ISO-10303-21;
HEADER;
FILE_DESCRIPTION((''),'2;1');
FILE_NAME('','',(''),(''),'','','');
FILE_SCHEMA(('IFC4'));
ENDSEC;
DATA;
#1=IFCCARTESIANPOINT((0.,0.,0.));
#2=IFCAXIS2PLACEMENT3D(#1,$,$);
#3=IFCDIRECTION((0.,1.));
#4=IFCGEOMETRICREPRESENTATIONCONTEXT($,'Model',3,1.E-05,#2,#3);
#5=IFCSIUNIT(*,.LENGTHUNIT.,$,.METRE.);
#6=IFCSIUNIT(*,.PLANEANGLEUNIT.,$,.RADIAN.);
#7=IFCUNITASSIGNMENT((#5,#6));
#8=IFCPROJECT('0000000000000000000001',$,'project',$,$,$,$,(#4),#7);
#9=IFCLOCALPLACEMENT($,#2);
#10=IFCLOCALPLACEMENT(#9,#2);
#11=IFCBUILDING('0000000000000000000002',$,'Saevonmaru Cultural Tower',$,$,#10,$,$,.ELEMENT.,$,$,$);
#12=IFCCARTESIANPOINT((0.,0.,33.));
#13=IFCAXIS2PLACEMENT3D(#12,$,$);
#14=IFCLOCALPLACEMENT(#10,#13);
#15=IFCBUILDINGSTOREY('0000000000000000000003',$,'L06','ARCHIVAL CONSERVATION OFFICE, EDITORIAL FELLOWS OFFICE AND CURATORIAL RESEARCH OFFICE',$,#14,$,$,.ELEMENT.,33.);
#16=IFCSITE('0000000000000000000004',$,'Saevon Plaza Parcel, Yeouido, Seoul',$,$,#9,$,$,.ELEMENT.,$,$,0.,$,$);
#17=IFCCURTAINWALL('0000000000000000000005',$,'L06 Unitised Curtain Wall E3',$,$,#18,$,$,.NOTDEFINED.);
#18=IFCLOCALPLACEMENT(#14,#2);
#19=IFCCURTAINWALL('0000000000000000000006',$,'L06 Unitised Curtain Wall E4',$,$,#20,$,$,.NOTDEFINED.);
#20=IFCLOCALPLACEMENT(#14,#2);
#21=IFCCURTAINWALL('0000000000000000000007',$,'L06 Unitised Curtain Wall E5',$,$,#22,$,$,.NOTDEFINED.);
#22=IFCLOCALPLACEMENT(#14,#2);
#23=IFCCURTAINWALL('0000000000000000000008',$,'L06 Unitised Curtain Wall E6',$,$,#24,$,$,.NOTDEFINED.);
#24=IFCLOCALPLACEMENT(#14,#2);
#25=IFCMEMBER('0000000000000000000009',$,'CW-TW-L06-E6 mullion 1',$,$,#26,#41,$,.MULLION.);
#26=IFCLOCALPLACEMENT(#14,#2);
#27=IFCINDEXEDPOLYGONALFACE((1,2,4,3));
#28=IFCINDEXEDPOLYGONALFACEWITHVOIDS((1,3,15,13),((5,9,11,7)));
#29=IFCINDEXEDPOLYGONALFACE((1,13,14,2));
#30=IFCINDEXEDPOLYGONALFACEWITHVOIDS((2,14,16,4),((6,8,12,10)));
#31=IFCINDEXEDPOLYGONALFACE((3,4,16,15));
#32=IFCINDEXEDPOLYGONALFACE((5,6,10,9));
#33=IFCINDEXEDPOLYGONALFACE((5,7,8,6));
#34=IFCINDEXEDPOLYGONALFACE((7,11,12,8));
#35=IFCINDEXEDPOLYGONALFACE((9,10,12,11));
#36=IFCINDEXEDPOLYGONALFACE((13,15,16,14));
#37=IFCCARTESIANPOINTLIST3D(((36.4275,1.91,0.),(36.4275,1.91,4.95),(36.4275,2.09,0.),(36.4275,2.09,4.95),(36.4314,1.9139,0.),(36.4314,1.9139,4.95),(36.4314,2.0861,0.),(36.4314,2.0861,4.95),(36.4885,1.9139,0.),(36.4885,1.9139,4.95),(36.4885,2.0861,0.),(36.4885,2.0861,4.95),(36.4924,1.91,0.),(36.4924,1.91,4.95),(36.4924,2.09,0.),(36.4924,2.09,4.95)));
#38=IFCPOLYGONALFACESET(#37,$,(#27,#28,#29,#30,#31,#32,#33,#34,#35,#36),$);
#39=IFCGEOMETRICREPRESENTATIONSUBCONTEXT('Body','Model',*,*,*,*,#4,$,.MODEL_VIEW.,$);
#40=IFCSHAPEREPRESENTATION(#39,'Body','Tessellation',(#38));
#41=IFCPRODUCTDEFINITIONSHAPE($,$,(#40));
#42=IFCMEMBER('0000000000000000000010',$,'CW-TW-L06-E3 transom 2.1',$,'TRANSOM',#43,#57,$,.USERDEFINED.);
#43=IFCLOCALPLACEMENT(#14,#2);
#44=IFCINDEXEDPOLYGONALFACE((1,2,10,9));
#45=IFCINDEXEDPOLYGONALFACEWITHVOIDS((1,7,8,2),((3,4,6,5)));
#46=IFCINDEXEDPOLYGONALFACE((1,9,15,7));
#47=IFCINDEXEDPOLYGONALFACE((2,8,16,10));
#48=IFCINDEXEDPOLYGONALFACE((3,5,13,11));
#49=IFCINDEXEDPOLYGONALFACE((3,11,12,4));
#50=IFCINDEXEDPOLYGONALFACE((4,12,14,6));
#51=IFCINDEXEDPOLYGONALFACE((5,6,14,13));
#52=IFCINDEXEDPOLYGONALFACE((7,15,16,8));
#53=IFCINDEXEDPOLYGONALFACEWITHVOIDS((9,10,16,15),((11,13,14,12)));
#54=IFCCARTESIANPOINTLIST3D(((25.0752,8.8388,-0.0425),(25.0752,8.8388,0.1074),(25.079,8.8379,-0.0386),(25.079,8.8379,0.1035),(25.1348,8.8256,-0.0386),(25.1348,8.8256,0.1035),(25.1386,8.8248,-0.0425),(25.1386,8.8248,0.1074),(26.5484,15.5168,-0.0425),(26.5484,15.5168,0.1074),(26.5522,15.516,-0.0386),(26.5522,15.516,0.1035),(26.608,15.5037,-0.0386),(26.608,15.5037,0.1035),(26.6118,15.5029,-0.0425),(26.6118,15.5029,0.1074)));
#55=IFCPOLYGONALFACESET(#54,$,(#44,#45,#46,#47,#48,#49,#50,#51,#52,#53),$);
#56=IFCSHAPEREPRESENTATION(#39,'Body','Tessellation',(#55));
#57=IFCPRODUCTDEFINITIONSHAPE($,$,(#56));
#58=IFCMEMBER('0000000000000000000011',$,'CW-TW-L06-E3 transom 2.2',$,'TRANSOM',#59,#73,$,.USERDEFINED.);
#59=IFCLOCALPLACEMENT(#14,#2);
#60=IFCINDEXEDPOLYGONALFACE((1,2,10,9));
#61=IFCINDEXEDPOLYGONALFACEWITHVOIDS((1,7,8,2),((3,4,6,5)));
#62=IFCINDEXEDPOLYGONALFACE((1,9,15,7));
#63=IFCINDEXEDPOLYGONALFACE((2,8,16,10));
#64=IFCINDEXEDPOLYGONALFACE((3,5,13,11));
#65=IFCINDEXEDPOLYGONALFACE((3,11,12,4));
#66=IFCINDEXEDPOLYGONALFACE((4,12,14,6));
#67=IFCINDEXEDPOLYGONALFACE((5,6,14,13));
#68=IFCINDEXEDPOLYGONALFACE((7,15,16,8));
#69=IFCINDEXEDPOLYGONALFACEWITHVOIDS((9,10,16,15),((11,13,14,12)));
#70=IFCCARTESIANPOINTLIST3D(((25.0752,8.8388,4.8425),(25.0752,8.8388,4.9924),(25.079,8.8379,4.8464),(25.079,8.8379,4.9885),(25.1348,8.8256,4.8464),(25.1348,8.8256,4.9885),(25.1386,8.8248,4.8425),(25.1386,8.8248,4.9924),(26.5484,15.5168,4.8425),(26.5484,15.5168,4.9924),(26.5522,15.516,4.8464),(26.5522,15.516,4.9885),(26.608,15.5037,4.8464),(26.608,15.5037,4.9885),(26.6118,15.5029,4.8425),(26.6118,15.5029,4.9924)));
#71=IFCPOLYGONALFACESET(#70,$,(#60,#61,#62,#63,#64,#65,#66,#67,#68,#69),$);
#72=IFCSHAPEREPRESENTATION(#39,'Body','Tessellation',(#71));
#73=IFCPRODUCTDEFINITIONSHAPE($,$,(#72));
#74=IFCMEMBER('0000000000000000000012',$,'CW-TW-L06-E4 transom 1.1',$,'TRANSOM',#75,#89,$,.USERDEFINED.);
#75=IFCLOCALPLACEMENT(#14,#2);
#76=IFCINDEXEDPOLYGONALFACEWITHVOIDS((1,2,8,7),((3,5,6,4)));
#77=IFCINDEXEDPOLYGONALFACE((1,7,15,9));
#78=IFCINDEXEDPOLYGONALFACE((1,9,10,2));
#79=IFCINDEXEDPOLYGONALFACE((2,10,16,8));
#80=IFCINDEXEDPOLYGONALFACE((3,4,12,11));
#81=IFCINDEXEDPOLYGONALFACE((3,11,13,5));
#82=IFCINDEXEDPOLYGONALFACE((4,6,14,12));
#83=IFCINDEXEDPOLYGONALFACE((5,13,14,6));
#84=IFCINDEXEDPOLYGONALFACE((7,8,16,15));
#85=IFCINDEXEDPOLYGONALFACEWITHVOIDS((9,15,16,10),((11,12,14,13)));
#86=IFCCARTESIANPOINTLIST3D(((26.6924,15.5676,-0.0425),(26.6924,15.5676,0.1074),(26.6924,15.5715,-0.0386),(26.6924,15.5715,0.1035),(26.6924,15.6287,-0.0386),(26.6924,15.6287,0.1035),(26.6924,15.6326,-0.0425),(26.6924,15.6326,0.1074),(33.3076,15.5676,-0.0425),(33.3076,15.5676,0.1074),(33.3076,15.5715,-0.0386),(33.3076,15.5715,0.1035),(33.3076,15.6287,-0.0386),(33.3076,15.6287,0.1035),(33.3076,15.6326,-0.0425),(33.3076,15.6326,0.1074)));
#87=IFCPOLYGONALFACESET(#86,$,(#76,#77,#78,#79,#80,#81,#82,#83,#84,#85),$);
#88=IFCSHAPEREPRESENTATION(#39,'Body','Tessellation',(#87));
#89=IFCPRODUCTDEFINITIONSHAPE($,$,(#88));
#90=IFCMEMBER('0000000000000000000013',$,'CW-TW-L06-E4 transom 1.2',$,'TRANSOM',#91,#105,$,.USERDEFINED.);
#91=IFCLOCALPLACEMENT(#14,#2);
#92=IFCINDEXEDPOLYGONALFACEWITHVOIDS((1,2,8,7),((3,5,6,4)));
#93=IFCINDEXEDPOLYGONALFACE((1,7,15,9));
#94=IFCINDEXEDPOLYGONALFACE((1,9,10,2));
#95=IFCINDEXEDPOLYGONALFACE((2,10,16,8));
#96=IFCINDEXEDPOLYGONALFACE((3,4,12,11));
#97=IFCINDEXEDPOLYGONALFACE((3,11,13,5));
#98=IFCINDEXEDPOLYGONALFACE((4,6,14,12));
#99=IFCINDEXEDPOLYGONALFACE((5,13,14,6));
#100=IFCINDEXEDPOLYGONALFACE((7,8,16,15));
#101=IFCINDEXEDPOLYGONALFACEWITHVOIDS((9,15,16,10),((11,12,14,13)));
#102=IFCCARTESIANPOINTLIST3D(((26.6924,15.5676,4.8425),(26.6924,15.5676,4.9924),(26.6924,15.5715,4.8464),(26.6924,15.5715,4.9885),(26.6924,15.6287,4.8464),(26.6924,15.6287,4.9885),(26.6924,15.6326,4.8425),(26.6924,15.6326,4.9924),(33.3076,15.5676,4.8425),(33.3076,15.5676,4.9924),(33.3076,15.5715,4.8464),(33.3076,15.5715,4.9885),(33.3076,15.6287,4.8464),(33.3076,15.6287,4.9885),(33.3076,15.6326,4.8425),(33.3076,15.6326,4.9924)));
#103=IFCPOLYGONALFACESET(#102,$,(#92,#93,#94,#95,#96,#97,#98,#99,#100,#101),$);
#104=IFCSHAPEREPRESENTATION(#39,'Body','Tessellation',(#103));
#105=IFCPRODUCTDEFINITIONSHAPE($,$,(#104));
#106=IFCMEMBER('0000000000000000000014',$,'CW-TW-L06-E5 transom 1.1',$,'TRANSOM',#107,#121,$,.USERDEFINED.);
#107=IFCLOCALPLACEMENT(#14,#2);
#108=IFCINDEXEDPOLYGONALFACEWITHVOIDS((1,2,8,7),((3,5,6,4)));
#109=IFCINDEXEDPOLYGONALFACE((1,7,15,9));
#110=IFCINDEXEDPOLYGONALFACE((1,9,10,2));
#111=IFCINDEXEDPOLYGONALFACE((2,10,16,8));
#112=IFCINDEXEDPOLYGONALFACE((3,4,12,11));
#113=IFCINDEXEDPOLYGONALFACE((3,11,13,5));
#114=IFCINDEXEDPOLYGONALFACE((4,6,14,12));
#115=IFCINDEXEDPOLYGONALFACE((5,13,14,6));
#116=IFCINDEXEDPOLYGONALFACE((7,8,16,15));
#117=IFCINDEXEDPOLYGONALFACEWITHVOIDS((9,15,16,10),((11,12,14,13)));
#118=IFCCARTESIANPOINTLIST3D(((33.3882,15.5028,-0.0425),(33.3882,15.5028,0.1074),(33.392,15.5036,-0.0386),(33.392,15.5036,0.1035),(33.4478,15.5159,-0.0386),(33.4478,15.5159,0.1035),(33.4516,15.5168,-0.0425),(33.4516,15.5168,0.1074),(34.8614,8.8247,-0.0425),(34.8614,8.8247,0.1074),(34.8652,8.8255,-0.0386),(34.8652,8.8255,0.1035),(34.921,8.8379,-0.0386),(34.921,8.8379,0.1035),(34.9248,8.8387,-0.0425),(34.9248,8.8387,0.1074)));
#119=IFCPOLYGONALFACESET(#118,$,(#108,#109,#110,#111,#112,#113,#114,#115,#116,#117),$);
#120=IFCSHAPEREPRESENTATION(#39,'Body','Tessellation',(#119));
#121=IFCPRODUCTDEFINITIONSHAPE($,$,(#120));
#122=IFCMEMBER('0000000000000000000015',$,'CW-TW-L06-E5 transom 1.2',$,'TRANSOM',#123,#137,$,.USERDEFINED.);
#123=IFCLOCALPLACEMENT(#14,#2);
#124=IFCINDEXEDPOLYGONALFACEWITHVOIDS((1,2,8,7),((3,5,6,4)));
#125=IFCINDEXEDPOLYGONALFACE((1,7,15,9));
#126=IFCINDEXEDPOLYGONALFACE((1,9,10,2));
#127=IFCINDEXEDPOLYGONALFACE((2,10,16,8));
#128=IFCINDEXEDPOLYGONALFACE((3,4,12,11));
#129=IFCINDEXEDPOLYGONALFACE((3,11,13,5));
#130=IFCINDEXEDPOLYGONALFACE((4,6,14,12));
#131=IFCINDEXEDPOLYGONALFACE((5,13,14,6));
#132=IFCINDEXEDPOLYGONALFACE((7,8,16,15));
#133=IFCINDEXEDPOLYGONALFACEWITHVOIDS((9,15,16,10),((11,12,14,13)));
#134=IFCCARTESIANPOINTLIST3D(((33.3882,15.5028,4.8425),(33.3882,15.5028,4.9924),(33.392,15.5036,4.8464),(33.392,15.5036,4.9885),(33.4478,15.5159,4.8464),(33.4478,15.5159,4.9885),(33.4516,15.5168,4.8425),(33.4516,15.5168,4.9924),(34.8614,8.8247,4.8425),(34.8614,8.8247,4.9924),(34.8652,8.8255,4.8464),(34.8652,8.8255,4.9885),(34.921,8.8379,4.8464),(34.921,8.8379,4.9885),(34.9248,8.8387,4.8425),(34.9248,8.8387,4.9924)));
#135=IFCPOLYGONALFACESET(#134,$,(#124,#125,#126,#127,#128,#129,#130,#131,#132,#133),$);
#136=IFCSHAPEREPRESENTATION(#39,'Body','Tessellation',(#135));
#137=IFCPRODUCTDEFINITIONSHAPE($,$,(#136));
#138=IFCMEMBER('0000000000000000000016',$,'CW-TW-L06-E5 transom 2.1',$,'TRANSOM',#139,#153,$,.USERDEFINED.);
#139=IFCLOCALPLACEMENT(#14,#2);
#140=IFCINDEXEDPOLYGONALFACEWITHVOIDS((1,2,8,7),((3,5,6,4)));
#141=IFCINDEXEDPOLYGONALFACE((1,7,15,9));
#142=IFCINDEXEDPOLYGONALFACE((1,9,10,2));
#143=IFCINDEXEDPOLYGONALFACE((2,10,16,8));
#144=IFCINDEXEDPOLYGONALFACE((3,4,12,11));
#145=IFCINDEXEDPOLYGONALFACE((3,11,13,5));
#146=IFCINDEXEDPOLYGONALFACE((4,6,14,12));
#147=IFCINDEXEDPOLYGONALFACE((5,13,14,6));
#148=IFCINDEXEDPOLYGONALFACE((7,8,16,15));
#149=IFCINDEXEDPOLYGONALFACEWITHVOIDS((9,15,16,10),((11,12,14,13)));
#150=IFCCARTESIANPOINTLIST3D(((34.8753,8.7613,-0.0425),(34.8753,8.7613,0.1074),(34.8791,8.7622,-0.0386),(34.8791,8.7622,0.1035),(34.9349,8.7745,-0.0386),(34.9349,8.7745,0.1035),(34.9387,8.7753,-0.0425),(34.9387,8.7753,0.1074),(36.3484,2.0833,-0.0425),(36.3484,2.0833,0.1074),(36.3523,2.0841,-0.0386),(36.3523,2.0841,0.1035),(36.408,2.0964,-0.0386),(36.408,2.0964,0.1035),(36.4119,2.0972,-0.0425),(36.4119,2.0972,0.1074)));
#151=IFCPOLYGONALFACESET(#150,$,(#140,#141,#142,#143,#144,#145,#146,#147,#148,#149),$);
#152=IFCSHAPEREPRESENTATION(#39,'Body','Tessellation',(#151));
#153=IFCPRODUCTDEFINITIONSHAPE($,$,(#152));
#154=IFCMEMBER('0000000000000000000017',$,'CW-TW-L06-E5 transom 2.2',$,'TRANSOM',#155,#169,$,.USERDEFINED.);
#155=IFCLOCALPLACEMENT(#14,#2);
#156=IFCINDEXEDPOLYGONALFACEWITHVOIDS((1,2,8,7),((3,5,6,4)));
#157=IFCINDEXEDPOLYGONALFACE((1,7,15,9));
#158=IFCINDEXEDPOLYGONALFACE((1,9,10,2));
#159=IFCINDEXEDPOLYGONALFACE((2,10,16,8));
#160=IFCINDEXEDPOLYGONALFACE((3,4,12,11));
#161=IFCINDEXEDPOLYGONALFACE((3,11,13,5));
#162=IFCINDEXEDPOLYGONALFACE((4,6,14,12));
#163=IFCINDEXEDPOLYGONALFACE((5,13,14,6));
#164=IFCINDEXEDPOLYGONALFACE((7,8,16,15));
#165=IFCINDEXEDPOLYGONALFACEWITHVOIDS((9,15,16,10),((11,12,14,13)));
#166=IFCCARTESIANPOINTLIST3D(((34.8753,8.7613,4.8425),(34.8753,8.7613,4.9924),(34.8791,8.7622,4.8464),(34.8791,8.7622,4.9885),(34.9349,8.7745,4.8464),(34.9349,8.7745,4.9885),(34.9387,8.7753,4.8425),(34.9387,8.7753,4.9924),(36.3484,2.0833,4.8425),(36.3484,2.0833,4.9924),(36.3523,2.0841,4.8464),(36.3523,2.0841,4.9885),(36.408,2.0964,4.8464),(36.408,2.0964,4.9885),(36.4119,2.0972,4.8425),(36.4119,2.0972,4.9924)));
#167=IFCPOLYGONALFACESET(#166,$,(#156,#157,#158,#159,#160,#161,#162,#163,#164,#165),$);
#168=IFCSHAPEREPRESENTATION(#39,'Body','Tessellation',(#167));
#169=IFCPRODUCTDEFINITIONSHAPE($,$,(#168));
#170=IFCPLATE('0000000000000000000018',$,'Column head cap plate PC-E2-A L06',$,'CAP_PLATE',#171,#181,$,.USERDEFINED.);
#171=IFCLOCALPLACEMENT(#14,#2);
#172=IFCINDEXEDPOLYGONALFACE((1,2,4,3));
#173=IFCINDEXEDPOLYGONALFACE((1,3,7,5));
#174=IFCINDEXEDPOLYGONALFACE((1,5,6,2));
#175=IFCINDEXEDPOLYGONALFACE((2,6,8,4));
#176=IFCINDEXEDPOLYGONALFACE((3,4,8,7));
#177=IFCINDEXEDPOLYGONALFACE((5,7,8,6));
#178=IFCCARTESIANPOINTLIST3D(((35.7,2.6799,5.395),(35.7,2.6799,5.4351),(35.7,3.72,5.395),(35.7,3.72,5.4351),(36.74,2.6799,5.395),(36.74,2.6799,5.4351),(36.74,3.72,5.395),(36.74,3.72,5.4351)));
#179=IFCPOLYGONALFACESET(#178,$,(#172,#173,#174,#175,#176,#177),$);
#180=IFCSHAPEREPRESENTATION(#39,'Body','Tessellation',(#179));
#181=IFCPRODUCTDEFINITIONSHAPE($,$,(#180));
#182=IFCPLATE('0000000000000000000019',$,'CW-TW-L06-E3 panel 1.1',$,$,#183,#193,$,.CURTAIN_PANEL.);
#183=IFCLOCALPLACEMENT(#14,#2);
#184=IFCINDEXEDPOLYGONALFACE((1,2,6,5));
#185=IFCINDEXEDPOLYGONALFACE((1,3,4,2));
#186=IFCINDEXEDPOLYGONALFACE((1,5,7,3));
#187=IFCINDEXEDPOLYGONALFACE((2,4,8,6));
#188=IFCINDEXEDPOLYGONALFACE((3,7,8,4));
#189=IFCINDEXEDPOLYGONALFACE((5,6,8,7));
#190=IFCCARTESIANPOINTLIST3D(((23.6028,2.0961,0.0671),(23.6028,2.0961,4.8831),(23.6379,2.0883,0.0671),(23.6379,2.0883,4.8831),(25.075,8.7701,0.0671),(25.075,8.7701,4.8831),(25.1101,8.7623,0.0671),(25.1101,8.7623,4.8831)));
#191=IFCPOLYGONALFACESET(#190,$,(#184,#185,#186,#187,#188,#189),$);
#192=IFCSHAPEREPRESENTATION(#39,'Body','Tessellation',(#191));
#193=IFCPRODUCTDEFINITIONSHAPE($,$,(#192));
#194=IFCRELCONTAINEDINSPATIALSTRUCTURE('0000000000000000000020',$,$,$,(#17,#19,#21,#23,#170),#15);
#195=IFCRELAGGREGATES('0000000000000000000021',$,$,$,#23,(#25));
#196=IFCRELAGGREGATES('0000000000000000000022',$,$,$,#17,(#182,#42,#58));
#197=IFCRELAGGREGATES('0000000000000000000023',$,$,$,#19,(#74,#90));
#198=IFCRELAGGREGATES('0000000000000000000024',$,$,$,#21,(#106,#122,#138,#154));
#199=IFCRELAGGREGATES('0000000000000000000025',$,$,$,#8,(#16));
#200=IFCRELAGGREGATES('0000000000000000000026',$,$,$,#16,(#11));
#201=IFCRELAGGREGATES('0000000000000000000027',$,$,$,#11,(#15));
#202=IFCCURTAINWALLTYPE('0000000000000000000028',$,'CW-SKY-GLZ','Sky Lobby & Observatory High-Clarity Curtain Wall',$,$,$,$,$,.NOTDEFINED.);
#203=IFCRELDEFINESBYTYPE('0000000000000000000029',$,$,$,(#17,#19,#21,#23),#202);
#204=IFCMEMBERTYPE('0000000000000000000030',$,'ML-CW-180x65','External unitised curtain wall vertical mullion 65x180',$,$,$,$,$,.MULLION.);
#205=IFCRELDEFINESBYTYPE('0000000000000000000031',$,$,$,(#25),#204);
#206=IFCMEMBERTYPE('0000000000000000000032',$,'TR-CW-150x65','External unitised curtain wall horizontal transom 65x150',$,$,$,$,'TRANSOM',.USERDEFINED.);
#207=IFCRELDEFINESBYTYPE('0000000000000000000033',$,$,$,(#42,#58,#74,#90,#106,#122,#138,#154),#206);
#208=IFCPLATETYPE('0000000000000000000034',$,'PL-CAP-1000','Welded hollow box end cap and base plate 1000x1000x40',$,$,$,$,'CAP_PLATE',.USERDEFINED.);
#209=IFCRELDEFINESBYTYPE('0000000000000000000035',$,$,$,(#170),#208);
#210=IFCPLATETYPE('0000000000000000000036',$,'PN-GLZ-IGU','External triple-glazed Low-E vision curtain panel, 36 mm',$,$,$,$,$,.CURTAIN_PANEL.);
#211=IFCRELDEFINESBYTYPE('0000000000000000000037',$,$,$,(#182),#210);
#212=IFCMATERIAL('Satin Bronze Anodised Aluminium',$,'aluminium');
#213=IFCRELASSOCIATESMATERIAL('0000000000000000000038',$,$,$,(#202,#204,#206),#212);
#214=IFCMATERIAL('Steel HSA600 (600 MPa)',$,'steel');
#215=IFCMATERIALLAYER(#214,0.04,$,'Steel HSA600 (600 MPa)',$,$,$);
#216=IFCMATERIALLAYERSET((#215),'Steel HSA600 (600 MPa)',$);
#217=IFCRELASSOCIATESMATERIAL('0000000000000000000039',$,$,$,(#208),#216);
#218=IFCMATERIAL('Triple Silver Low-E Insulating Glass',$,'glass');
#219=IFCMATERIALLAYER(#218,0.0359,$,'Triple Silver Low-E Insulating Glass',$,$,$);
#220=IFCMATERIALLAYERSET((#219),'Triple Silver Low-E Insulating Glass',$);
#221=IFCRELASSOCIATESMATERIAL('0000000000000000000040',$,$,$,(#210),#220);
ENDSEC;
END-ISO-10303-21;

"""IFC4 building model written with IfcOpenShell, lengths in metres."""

from ifc_helpers import new_model, si_unit, direction, frame, origin, origin_2d, place, context, subcontext, project, spatial, rectangle, hollow_rectangle, extrude, material, layer, layer_set, material_profile, profile_set, type_object, element, aggregate, save


model = new_model("IFC4")

# Units and contexts
model_context = context("Model", 3, precision=1e-05, world=origin(), true_north=direction((0.0, 1.0)))
body_context = subcontext(model_context, "Body", "Model", "MODEL_VIEW")
ifc_project = project(units=[si_unit("LENGTHUNIT", "METRE"), si_unit("PLANEANGLEUNIT", "RADIAN")], contexts=[model_context])

# Site, building, storey
site_placement = place(None, origin())
site = spatial("IfcSite", under=ifc_project, at=site_placement, Name="Saevon Plaza Parcel, Yeouido, Seoul", CompositionType="ELEMENT", RefElevation=0.0)
building_placement = place(site_placement, origin())
building = spatial("IfcBuilding", under=site, at=building_placement, Name="Saevonmaru Cultural Tower", CompositionType="ELEMENT")
storey_placement = place(building_placement, frame((0.0, 0.0, 33.0)))
storey = spatial("IfcBuildingStorey", under=building, at=storey_placement, Name="L06", Description="ARCHIVAL CONSERVATION OFFICE, EDITORIAL FELLOWS OFFICE AND CURATORIAL RESEARCH OFFICE", CompositionType="ELEMENT", Elevation=33.0)

# Shared definitions
ifc_material_1 = material(Name="Steel HSA600 (600 MPa)", Category="steel")

# Curtain walls
ifc_material_2 = material(Name="Satin Bronze Anodised Aluminium", Category="aluminium")
curtain_wall_type = type_object("IfcCurtainWallType", Name="CW-SKY-GLZ", Description="Sky Lobby & Observatory High-Clarity Curtain Wall", PredefinedType="NOTDEFINED", material=ifc_material_2)
curtain_wall_1_placement = place(storey_placement, origin())
curtain_wall_1 = element("IfcCurtainWall", 1, at=curtain_wall_1_placement, inside=storey, type_object=curtain_wall_type, Name="L06 Unitised Curtain Wall E3", PredefinedType="NOTDEFINED")
ifc_material_profile_1 = material_profile(ifc_material_2, hollow_rectangle(XDim=0.0649, YDim=0.1799, WallThickness=0.0039, at=origin_2d()), Name="ALU-MULL-180x65x4")
ifc_profile_set_1 = profile_set([ifc_material_profile_1], Name="Satin Bronze Anodised Aluminium")
member_type_1 = type_object("IfcMemberType", Name="ML-CW-180x65", Description="External unitised curtain wall vertical mullion 65x180", PredefinedType="MULLION", material=ifc_profile_set_1)
curtain_wall_2_placement = place(storey_placement, origin())
curtain_wall_2 = element("IfcCurtainWall", 2, at=curtain_wall_2_placement, inside=storey, type_object=curtain_wall_type, Name="L06 Unitised Curtain Wall E4", PredefinedType="NOTDEFINED")
curtain_wall_3_placement = place(storey_placement, origin())
curtain_wall_3 = element("IfcCurtainWall", 3, at=curtain_wall_3_placement, inside=storey, type_object=curtain_wall_type, Name="L06 Unitised Curtain Wall E5", PredefinedType="NOTDEFINED")

# Curtain wall, member
curtain_wall_4_placement = place(storey_placement, origin())
curtain_wall_4 = element("IfcCurtainWall", 4, at=curtain_wall_4_placement, inside=storey, type_object=curtain_wall_type, Name="L06 Unitised Curtain Wall E6", PredefinedType="NOTDEFINED")
member_1_placement = place(storey_placement, frame((36.46, 2.0, 0.0), z_axis=(0.0, 0.0, 1.0), x_axis=(1.0, 0.0, 0.0)))
member_1 = element("IfcMember", 5, at=member_1_placement, type_object=member_type_1, Name="CW-TW-L06-E6 mullion 1", PredefinedType="MULLION", context=body_context, shape_type="SweptSolid", body=[
    extrude(hollow_rectangle(XDim=0.0649, YDim=0.1799, WallThickness=0.0039, at=origin_2d()), origin(), (0.0, 0.0, 1.0), 4.95),
])
aggregate(curtain_wall_4, [member_1])

# Members
ifc_material_profile_2 = material_profile(ifc_material_2, hollow_rectangle(XDim=0.0649, YDim=0.1499, WallThickness=0.0039, at=origin_2d()), Name="ALU-TRAN-150x65x4")
ifc_profile_set_2 = profile_set([ifc_material_profile_2], Name="Satin Bronze Anodised Aluminium")
member_type_2 = type_object("IfcMemberType", Name="TR-CW-150x65", Description="External unitised curtain wall horizontal transom 65x150", ElementType="TRANSOM", PredefinedType="USERDEFINED", material=ifc_profile_set_2)
member_2_placement = place(storey_placement, frame((25.1069, 8.8318, 0.0325), z_axis=(0.215418, 0.976522, 0.0), x_axis=(-0.976522, 0.215418, 0.0)))
member_2 = element("IfcMember", 6, at=member_2_placement, type_object=member_type_2, Name="CW-TW-L06-E3 transom 2.1", ObjectType="TRANSOM", PredefinedType="USERDEFINED", context=body_context, shape_type="SweptSolid", body=[
    extrude(hollow_rectangle(XDim=0.0649, YDim=0.1499, WallThickness=0.0039, at=origin_2d()), origin(), (0.0, 0.0, 1.0), 6.8386),
])
member_3_placement = place(storey_placement, frame((25.1069, 8.8318, 4.9175), z_axis=(0.215418, 0.976522, 0.0), x_axis=(-0.976522, 0.215418, 0.0)))
member_3 = element("IfcMember", 7, at=member_3_placement, type_object=member_type_2, Name="CW-TW-L06-E3 transom 2.2", ObjectType="TRANSOM", PredefinedType="USERDEFINED", context=body_context, shape_type="SweptSolid", body=[
    extrude(hollow_rectangle(XDim=0.0649, YDim=0.1499, WallThickness=0.0039, at=origin_2d()), origin(), (0.0, 0.0, 1.0), 6.8386),
])
member_4_placement = place(storey_placement, frame((26.6924, 15.6001, 0.0325), z_axis=(1.0, 0.0, 0.0), x_axis=(0.0, 1.0, 0.0)))
member_4 = element("IfcMember", 8, at=member_4_placement, type_object=member_type_2, Name="CW-TW-L06-E4 transom 1.1", ObjectType="TRANSOM", PredefinedType="USERDEFINED", context=body_context, shape_type="SweptSolid", body=[
    extrude(hollow_rectangle(XDim=0.0649, YDim=0.1499, WallThickness=0.0039, at=origin_2d()), origin(), (0.0, 0.0, 1.0), 6.6152),
])
member_5_placement = place(storey_placement, frame((26.6924, 15.6001, 4.9175), z_axis=(1.0, 0.0, 0.0), x_axis=(0.0, 1.0, 0.0)))
member_5 = element("IfcMember", 9, at=member_5_placement, type_object=member_type_2, Name="CW-TW-L06-E4 transom 1.2", ObjectType="TRANSOM", PredefinedType="USERDEFINED", context=body_context, shape_type="SweptSolid", body=[
    extrude(hollow_rectangle(XDim=0.0649, YDim=0.1499, WallThickness=0.0039, at=origin_2d()), origin(), (0.0, 0.0, 1.0), 6.6152),
])
member_6_placement = place(storey_placement, frame((33.4199, 15.5098, 0.0325), z_axis=(0.215418, -0.976522, 0.0), x_axis=(0.976522, 0.215418, 0.0)))
member_6 = element("IfcMember", 10, at=member_6_placement, type_object=member_type_2, Name="CW-TW-L06-E5 transom 1.1", ObjectType="TRANSOM", PredefinedType="USERDEFINED", context=body_context, shape_type="SweptSolid", body=[
    extrude(hollow_rectangle(XDim=0.0649, YDim=0.1499, WallThickness=0.0039, at=origin_2d()), origin(), (0.0, 0.0, 1.0), 6.8386),
])
member_7_placement = place(storey_placement, frame((33.4199, 15.5098, 4.9175), z_axis=(0.215418, -0.976522, 0.0), x_axis=(0.976522, 0.215418, 0.0)))
member_7 = element("IfcMember", 11, at=member_7_placement, type_object=member_type_2, Name="CW-TW-L06-E5 transom 1.2", ObjectType="TRANSOM", PredefinedType="USERDEFINED", context=body_context, shape_type="SweptSolid", body=[
    extrude(hollow_rectangle(XDim=0.0649, YDim=0.1499, WallThickness=0.0039, at=origin_2d()), origin(), (0.0, 0.0, 1.0), 6.8386),
])
member_8_placement = place(storey_placement, frame((34.907, 8.7683, 0.0325), z_axis=(0.215418, -0.976522, 0.0), x_axis=(0.976522, 0.215418, 0.0)))
member_8 = element("IfcMember", 12, at=member_8_placement, type_object=member_type_2, Name="CW-TW-L06-E5 transom 2.1", ObjectType="TRANSOM", PredefinedType="USERDEFINED", context=body_context, shape_type="SweptSolid", body=[
    extrude(hollow_rectangle(XDim=0.0649, YDim=0.1499, WallThickness=0.0039, at=origin_2d()), origin(), (0.0, 0.0, 1.0), 6.8386),
])
member_9_placement = place(storey_placement, frame((34.907, 8.7683, 4.9175), z_axis=(0.215418, -0.976522, 0.0), x_axis=(0.976522, 0.215418, 0.0)))
member_9 = element("IfcMember", 13, at=member_9_placement, type_object=member_type_2, Name="CW-TW-L06-E5 transom 2.2", ObjectType="TRANSOM", PredefinedType="USERDEFINED", context=body_context, shape_type="SweptSolid", body=[
    extrude(hollow_rectangle(XDim=0.0649, YDim=0.1499, WallThickness=0.0039, at=origin_2d()), origin(), (0.0, 0.0, 1.0), 6.8386),
])

# Plates
ifc_layer_1 = layer(ifc_material_1, 0.04, Name="Steel HSA600 (600 MPa)")
ifc_layer_set_1 = layer_set([ifc_layer_1], Name="Steel HSA600 (600 MPa)")
plate_type_1 = type_object("IfcPlateType", Name="PL-CAP-1000", Description="Welded hollow box end cap and base plate 1000x1000x40", ElementType="CAP_PLATE", PredefinedType="USERDEFINED", material=ifc_layer_set_1)
plate_1_placement = place(storey_placement, frame((36.22, 3.2, 5.395), z_axis=(0.0, 0.0, 1.0), x_axis=(1.0, 0.0, 0.0)))
element("IfcPlate", 14, at=plate_1_placement, inside=storey, type_object=plate_type_1, Name="Column head cap plate PC-E2-A L06", ObjectType="CAP_PLATE", PredefinedType="USERDEFINED", context=body_context, shape_type="SweptSolid", body=[
    extrude(rectangle(XDim=1.04, YDim=1.04, at=origin_2d()), origin(), (0.0, 0.0, 1.0), 0.04),
])
ifc_material_3 = material(Name="Triple Silver Low-E Insulating Glass", Category="glass")
ifc_layer_2 = layer(ifc_material_3, 0.0359, Name="Triple Silver Low-E Insulating Glass")
ifc_layer_set_2 = layer_set([ifc_layer_2], Name="Triple Silver Low-E Insulating Glass")
plate_type_2 = type_object("IfcPlateType", Name="PN-GLZ-IGU", Description="External triple-glazed Low-E vision curtain panel, 36 mm", PredefinedType="CURTAIN_PANEL", material=ifc_layer_set_2)
plate_2_placement = place(storey_placement, frame((24.3564, 5.4292, 0.0671), z_axis=(0.0, 0.0, 1.0), x_axis=(0.215413, 0.976523, 0.0)))
plate_2 = element("IfcPlate", 15, at=plate_2_placement, type_object=plate_type_2, Name="CW-TW-L06-E3 panel 1.1", PredefinedType="CURTAIN_PANEL", context=body_context, shape_type="SweptSolid", body=[
    extrude(rectangle(XDim=6.8345, YDim=0.0359, at=origin_2d()), origin(), (0.0, 0.0, 1.0), 4.8159),
])
aggregate(curtain_wall_1, [plate_2, member_2, member_3])
aggregate(curtain_wall_2, [member_4, member_5])
aggregate(curtain_wall_3, [member_6, member_7, member_8, member_9])

save(model, "model.ifc")
